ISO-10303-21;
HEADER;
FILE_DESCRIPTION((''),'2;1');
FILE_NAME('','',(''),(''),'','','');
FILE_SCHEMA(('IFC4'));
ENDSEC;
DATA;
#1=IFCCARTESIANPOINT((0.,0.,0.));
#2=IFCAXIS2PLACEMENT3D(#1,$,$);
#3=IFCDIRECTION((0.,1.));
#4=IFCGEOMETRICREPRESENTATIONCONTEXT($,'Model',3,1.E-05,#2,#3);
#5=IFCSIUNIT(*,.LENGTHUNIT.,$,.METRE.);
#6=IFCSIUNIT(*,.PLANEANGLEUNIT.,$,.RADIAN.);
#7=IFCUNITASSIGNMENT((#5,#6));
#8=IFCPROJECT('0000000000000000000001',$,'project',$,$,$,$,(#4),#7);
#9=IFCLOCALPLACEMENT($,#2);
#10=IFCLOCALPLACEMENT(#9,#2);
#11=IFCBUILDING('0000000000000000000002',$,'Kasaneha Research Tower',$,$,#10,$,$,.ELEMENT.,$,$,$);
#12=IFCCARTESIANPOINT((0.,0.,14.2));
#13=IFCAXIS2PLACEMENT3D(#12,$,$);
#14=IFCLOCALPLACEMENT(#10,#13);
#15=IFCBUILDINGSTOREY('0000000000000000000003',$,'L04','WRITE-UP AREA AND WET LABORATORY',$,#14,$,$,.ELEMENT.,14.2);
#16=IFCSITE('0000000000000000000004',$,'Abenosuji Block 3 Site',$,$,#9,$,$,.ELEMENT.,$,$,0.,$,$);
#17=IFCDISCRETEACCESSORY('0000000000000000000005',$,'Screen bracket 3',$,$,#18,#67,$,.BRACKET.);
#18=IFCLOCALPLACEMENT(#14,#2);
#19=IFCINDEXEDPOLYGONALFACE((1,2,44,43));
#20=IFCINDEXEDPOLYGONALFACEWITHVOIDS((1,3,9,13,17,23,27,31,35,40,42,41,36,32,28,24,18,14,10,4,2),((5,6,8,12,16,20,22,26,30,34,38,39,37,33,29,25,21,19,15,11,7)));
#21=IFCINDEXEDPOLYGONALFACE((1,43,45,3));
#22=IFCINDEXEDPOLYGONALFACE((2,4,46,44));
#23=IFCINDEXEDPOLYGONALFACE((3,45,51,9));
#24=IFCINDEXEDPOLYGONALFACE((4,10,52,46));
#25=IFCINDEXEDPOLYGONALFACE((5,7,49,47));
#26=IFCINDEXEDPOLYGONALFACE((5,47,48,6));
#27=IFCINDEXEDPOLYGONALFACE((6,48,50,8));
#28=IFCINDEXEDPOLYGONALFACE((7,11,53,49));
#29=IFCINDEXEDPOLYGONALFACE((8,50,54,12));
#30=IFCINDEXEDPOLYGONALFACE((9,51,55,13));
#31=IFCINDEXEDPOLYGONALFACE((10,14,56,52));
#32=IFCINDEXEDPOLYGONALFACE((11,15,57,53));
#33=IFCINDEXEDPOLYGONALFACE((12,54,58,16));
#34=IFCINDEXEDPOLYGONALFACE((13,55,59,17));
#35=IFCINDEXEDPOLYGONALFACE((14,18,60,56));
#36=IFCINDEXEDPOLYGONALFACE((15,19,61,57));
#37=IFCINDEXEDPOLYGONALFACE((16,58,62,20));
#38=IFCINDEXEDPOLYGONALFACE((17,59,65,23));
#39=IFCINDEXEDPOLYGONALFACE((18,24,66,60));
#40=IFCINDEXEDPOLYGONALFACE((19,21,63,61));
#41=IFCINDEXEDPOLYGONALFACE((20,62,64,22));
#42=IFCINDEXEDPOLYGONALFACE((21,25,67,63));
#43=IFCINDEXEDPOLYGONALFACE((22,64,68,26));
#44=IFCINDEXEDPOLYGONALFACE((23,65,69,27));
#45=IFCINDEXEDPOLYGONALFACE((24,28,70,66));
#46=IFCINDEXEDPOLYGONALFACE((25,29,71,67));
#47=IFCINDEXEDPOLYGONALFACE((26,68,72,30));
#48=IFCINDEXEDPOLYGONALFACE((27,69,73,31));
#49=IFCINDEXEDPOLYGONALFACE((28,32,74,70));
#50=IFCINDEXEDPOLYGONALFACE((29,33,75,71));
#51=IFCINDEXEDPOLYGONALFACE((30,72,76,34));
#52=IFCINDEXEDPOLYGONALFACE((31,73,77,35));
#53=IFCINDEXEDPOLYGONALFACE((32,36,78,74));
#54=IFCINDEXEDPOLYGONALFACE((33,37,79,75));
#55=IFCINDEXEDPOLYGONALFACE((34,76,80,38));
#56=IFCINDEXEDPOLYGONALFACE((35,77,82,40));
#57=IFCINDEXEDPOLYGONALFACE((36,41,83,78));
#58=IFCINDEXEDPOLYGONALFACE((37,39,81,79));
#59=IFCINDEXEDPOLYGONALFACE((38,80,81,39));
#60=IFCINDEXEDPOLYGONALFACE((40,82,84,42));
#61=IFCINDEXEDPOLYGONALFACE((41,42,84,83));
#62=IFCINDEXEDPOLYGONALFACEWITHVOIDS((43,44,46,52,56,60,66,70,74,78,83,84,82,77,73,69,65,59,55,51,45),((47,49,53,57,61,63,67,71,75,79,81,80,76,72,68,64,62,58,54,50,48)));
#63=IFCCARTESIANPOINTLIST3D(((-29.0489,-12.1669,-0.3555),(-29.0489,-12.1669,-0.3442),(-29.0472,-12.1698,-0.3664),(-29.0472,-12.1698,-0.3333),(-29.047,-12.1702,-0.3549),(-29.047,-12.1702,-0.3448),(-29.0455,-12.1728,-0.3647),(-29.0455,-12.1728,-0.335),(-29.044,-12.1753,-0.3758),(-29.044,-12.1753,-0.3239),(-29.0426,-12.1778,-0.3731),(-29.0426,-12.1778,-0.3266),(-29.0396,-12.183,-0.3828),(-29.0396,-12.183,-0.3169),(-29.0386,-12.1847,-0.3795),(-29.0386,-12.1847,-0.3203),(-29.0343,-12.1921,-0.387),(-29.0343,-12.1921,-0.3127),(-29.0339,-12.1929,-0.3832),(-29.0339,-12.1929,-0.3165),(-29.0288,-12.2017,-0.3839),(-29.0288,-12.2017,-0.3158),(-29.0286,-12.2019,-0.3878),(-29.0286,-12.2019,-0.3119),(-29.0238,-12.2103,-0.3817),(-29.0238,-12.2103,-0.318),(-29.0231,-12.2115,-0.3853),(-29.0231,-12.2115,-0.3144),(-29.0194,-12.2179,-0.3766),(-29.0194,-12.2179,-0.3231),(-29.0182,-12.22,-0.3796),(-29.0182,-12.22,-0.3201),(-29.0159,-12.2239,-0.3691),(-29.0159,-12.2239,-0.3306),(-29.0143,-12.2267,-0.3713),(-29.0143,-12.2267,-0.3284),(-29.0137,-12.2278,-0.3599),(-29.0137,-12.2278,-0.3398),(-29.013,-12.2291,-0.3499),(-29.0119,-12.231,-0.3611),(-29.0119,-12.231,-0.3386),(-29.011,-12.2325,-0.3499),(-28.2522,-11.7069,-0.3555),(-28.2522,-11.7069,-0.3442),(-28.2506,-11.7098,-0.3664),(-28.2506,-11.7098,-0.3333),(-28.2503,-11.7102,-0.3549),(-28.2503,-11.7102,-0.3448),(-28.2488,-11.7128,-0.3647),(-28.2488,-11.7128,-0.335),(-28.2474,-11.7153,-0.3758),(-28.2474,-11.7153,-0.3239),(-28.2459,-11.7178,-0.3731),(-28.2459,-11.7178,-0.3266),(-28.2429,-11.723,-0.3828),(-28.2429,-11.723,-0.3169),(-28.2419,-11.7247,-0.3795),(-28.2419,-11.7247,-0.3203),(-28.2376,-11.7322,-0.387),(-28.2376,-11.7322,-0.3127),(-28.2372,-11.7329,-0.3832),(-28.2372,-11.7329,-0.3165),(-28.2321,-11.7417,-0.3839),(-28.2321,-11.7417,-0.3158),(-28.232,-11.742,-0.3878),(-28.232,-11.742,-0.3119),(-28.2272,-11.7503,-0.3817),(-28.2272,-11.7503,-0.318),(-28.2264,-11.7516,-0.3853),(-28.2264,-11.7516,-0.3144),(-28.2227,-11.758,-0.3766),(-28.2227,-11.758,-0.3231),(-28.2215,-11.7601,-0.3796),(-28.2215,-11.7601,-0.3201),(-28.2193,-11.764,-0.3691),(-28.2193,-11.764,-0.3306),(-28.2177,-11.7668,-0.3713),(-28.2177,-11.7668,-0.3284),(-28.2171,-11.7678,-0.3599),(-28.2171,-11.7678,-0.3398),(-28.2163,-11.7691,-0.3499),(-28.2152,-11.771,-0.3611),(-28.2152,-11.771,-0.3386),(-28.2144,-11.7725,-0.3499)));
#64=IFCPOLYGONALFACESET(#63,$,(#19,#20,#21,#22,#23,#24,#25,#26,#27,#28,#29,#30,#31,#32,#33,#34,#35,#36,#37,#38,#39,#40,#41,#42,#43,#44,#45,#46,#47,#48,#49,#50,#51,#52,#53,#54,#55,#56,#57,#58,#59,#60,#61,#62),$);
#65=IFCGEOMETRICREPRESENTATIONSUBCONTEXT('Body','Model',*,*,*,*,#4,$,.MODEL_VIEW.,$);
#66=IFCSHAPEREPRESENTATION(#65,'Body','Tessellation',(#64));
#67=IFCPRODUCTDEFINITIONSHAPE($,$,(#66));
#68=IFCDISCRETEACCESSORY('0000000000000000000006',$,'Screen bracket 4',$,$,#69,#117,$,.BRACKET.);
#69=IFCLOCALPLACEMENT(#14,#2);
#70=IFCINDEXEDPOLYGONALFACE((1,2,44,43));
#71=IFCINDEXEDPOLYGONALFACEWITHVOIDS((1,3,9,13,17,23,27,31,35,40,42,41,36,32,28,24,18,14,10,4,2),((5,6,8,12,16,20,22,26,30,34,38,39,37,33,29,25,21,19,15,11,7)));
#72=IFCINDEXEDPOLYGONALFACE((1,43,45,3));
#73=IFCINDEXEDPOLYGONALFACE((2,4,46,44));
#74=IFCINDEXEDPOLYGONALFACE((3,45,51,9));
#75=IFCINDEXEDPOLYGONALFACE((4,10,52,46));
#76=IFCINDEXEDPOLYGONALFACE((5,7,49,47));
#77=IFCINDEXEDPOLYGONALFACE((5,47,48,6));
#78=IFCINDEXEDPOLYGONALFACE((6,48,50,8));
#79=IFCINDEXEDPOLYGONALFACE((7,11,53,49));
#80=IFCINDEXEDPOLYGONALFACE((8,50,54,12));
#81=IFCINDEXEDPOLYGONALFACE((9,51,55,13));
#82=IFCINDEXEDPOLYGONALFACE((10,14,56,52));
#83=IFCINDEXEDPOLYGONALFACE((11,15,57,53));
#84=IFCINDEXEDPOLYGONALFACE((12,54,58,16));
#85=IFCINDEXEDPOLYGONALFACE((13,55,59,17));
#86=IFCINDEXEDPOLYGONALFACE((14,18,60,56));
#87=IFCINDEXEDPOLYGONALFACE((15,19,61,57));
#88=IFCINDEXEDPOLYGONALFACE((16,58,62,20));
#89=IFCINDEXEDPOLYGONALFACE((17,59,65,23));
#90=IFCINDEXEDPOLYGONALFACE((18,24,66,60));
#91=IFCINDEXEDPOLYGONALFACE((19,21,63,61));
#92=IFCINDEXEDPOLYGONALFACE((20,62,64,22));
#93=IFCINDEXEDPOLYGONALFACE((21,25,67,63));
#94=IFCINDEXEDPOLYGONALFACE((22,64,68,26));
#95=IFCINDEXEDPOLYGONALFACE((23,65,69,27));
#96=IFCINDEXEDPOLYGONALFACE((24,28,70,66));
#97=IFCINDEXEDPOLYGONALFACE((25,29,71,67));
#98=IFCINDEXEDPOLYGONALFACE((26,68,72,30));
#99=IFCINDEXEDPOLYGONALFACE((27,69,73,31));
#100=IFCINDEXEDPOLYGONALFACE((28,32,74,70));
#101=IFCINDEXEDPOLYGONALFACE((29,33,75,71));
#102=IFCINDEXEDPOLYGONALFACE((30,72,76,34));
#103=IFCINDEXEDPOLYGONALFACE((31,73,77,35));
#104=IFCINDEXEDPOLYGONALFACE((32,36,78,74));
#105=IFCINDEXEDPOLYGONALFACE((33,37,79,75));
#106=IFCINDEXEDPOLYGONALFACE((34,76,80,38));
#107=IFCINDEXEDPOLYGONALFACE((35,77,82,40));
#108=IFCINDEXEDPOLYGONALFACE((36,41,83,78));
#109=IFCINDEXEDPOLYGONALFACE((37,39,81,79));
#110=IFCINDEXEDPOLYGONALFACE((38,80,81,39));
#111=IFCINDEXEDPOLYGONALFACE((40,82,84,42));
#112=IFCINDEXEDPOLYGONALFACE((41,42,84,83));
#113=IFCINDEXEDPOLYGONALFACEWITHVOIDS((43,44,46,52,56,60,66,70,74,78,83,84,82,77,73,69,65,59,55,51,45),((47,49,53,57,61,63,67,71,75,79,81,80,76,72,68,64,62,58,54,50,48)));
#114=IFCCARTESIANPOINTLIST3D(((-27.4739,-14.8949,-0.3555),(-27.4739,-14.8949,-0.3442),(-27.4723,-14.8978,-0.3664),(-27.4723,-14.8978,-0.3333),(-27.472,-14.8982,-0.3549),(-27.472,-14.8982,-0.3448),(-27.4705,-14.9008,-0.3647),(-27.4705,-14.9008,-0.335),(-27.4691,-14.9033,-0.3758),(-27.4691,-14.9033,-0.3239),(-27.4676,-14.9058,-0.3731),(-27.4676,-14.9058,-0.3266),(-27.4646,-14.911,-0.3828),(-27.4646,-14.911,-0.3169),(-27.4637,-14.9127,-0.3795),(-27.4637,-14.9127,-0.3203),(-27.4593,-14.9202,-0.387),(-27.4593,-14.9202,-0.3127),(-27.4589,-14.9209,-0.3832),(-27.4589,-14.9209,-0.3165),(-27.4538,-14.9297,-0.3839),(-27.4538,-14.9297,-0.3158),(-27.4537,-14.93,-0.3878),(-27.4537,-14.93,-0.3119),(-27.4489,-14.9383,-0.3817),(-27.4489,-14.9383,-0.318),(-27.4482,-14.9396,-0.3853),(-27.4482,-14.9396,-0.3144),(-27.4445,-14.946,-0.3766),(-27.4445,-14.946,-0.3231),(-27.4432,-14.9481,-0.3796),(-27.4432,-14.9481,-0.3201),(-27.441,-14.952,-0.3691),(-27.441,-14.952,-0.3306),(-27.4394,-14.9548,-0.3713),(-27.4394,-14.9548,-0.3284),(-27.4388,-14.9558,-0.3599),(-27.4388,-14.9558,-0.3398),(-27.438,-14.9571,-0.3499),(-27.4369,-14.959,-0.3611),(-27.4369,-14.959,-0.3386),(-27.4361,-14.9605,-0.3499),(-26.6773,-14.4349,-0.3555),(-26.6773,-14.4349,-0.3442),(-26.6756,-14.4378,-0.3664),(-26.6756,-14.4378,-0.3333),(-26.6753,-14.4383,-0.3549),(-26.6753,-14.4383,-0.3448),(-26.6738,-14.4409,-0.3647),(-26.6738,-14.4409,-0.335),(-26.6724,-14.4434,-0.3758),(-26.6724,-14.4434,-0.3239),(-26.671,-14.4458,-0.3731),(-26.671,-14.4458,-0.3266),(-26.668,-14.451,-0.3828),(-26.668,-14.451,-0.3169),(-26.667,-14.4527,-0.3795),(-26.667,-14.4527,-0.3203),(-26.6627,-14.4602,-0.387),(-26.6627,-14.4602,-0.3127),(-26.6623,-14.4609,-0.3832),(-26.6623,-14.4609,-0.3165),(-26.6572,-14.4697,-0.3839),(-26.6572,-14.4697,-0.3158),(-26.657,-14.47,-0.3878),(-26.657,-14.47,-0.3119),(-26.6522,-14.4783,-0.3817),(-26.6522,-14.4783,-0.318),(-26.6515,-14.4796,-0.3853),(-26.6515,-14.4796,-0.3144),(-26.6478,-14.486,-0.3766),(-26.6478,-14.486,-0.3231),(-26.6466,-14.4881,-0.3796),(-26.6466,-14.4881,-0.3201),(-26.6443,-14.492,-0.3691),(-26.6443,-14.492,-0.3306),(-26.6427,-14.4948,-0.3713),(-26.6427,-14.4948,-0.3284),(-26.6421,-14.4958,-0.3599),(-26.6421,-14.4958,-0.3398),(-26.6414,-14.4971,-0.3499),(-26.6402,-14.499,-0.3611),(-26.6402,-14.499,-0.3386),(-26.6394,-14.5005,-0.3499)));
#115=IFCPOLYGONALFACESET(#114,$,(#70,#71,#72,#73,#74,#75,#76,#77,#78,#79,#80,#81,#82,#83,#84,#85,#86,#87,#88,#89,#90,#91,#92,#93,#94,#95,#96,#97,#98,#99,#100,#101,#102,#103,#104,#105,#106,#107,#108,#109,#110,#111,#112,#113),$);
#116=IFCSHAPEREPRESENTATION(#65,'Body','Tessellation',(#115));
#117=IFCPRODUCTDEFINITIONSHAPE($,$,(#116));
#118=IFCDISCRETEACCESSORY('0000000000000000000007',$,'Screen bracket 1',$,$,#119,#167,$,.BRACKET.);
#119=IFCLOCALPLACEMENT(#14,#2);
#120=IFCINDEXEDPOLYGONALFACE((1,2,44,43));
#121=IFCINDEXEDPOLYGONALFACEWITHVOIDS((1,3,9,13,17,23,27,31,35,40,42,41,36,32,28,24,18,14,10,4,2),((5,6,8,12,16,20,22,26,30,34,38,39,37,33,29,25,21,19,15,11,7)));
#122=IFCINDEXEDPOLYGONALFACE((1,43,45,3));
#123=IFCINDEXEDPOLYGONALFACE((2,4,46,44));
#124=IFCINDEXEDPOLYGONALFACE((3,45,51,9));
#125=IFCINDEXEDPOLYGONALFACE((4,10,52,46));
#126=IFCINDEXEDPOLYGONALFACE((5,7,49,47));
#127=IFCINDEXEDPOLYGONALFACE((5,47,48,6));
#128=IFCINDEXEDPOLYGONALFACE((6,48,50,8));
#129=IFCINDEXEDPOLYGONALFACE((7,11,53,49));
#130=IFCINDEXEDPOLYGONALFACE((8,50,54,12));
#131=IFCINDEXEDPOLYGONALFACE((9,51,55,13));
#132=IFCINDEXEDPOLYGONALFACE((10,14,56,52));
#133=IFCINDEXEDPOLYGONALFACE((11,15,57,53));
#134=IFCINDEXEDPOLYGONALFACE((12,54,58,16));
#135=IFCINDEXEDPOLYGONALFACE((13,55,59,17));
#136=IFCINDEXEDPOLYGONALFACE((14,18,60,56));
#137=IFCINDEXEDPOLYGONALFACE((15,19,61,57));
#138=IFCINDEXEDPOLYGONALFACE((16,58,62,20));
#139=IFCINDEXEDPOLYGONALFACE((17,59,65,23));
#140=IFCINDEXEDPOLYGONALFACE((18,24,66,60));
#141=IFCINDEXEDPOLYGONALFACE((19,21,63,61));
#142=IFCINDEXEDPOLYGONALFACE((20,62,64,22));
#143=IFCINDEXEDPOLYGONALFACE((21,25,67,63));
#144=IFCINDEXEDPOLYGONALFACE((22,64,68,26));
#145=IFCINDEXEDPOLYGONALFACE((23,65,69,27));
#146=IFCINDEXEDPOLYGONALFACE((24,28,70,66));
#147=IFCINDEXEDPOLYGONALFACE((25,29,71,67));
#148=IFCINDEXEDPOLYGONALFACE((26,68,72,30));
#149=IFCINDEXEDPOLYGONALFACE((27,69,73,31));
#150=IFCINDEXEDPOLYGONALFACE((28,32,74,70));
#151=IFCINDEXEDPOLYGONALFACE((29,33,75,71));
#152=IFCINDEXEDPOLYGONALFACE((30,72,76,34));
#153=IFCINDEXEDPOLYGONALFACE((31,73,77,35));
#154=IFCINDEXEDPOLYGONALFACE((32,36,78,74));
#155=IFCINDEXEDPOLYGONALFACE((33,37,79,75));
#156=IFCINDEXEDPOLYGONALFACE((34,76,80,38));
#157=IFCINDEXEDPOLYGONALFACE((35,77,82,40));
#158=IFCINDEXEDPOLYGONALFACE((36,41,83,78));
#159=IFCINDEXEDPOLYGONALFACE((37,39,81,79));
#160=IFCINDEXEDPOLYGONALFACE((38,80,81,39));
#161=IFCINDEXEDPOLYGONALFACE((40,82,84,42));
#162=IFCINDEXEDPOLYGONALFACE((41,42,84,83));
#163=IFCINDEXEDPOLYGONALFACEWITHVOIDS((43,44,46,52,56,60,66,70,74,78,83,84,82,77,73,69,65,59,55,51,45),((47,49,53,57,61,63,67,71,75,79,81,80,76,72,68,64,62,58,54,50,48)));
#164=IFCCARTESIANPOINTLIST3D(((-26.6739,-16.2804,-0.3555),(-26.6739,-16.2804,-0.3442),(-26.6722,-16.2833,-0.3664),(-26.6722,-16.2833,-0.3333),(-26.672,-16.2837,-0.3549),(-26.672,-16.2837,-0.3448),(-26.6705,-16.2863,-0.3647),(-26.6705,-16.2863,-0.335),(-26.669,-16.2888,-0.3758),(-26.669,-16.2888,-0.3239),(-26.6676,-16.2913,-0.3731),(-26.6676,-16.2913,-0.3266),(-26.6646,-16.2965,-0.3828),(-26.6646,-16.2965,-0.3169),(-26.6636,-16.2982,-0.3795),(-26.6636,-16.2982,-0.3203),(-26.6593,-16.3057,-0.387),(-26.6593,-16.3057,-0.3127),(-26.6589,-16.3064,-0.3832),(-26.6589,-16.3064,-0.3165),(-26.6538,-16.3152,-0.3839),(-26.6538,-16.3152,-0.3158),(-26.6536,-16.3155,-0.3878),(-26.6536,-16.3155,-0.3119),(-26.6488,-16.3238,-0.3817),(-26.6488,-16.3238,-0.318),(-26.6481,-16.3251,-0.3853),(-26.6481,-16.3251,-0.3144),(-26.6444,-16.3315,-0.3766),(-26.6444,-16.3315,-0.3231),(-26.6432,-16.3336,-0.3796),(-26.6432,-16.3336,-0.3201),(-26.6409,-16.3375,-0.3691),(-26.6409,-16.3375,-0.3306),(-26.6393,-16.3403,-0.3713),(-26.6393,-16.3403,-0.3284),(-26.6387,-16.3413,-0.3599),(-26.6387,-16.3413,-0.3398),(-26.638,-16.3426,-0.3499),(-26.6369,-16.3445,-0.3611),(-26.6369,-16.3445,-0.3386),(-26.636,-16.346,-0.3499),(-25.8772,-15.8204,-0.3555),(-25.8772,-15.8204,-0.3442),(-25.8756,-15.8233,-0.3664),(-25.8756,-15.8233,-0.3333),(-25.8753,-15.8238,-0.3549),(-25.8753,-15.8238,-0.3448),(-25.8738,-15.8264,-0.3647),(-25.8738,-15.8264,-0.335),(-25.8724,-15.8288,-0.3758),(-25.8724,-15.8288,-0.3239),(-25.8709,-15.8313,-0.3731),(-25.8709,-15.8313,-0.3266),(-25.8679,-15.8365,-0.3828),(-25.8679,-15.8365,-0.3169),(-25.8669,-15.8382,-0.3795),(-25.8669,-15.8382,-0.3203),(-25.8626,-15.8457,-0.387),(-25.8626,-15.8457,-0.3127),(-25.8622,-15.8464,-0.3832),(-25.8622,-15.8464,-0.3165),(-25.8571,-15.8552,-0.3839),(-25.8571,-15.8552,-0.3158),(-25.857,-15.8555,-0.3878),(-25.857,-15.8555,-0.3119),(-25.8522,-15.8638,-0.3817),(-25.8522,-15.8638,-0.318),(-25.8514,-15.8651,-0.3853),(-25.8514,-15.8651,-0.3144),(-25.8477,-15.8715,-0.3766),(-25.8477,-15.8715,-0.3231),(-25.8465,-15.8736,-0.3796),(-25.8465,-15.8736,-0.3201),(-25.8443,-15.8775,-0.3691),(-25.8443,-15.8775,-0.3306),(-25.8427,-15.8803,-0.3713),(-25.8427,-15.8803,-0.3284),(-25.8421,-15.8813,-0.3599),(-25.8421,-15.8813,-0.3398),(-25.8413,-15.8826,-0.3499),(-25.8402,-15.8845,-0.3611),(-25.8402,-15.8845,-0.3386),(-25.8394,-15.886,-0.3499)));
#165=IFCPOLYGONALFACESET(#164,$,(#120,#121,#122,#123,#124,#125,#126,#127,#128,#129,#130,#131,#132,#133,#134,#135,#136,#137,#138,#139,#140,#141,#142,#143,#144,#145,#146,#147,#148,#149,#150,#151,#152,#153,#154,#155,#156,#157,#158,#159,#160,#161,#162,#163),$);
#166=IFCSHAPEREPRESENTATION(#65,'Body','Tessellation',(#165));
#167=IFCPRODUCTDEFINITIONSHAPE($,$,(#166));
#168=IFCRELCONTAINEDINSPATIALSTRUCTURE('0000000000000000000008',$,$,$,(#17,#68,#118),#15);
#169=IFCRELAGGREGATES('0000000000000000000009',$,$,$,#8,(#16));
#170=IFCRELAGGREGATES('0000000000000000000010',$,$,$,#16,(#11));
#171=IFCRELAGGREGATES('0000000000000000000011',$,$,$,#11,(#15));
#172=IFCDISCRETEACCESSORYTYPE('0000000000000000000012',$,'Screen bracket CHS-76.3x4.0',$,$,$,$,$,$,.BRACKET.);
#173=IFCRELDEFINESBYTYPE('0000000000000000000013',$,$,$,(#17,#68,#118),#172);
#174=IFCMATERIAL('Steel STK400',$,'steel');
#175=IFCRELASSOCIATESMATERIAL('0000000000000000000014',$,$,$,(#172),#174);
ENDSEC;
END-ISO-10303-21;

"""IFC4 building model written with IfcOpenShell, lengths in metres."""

from ifc_helpers import new_model, si_unit, direction, frame, origin, origin_2d, place, context, subcontext, project, spatial, hollow_circle, extrude, material, material_profile, profile_set, type_object, element, save


model = new_model("IFC4")

# Units and contexts
model_context = context("Model", 3, precision=1e-05, world=origin(), true_north=direction((0.0, 1.0)))
body_context = subcontext(model_context, "Body", "Model", "MODEL_VIEW")
ifc_project = project(units=[si_unit("LENGTHUNIT", "METRE"), si_unit("PLANEANGLEUNIT", "RADIAN")], contexts=[model_context])

# Site, building, storey
site_placement = place(None, origin())
site = spatial("IfcSite", under=ifc_project, at=site_placement, Name="Abenosuji Block 3 Site", CompositionType="ELEMENT", RefElevation=0.0)
building_placement = place(site_placement, origin())
building = spatial("IfcBuilding", under=site, at=building_placement, Name="Kasaneha Research Tower", CompositionType="ELEMENT")
storey_placement = place(building_placement, frame((0.0, 0.0, 14.2)))
storey = spatial("IfcBuildingStorey", under=building, at=storey_placement, Name="L04", Description="WRITE-UP AREA AND WET LABORATORY", CompositionType="ELEMENT", Elevation=14.2)

# Discrete accessories
ifc_material_1 = material(Name="Steel STK400", Category="steel")
ifc_material_profile_1 = material_profile(ifc_material_1, hollow_circle(Radius=0.0381, WallThickness=0.0039, at=origin_2d()), Name="CHS-76.3x4.0")
ifc_profile_set_1 = profile_set([ifc_material_profile_1], Name="Steel STK400")
discrete_accessory_type = type_object("IfcDiscreteAccessoryType", Name="Screen bracket CHS-76.3x4.0", PredefinedType="BRACKET", material=ifc_profile_set_1)
for number, where, z_axis, x_axis, name in (
    (1, (-28.2334, -11.7395, -0.3499), (-0.866013, -0.500021, 0.0), (0.500021, -0.866013, 0.0), "Screen bracket 3"),
    (2, (-26.6584, -14.4675, -0.3499), (-0.866013, -0.500021, 0.0), (0.500021, -0.866013, 0.0), "Screen bracket 4"),
    (3, (-25.8584, -15.853, -0.3499), (-0.866013, -0.500021, 0.0), (0.500021, -0.866013, 0.0), "Screen bracket 1"),
):
    element("IfcDiscreteAccessory", number, at=place(storey_placement, frame(where, z_axis=z_axis, x_axis=x_axis)), inside=storey, type_object=discrete_accessory_type, Name=name, PredefinedType="BRACKET", context=body_context, shape_type="SweptSolid", body=[
        extrude(hollow_circle(Radius=0.0381, WallThickness=0.0039, at=origin_2d()), origin(), (0.0, 0.0, 1.0), 0.9199),
    ])

save(model, "model.ifc")
